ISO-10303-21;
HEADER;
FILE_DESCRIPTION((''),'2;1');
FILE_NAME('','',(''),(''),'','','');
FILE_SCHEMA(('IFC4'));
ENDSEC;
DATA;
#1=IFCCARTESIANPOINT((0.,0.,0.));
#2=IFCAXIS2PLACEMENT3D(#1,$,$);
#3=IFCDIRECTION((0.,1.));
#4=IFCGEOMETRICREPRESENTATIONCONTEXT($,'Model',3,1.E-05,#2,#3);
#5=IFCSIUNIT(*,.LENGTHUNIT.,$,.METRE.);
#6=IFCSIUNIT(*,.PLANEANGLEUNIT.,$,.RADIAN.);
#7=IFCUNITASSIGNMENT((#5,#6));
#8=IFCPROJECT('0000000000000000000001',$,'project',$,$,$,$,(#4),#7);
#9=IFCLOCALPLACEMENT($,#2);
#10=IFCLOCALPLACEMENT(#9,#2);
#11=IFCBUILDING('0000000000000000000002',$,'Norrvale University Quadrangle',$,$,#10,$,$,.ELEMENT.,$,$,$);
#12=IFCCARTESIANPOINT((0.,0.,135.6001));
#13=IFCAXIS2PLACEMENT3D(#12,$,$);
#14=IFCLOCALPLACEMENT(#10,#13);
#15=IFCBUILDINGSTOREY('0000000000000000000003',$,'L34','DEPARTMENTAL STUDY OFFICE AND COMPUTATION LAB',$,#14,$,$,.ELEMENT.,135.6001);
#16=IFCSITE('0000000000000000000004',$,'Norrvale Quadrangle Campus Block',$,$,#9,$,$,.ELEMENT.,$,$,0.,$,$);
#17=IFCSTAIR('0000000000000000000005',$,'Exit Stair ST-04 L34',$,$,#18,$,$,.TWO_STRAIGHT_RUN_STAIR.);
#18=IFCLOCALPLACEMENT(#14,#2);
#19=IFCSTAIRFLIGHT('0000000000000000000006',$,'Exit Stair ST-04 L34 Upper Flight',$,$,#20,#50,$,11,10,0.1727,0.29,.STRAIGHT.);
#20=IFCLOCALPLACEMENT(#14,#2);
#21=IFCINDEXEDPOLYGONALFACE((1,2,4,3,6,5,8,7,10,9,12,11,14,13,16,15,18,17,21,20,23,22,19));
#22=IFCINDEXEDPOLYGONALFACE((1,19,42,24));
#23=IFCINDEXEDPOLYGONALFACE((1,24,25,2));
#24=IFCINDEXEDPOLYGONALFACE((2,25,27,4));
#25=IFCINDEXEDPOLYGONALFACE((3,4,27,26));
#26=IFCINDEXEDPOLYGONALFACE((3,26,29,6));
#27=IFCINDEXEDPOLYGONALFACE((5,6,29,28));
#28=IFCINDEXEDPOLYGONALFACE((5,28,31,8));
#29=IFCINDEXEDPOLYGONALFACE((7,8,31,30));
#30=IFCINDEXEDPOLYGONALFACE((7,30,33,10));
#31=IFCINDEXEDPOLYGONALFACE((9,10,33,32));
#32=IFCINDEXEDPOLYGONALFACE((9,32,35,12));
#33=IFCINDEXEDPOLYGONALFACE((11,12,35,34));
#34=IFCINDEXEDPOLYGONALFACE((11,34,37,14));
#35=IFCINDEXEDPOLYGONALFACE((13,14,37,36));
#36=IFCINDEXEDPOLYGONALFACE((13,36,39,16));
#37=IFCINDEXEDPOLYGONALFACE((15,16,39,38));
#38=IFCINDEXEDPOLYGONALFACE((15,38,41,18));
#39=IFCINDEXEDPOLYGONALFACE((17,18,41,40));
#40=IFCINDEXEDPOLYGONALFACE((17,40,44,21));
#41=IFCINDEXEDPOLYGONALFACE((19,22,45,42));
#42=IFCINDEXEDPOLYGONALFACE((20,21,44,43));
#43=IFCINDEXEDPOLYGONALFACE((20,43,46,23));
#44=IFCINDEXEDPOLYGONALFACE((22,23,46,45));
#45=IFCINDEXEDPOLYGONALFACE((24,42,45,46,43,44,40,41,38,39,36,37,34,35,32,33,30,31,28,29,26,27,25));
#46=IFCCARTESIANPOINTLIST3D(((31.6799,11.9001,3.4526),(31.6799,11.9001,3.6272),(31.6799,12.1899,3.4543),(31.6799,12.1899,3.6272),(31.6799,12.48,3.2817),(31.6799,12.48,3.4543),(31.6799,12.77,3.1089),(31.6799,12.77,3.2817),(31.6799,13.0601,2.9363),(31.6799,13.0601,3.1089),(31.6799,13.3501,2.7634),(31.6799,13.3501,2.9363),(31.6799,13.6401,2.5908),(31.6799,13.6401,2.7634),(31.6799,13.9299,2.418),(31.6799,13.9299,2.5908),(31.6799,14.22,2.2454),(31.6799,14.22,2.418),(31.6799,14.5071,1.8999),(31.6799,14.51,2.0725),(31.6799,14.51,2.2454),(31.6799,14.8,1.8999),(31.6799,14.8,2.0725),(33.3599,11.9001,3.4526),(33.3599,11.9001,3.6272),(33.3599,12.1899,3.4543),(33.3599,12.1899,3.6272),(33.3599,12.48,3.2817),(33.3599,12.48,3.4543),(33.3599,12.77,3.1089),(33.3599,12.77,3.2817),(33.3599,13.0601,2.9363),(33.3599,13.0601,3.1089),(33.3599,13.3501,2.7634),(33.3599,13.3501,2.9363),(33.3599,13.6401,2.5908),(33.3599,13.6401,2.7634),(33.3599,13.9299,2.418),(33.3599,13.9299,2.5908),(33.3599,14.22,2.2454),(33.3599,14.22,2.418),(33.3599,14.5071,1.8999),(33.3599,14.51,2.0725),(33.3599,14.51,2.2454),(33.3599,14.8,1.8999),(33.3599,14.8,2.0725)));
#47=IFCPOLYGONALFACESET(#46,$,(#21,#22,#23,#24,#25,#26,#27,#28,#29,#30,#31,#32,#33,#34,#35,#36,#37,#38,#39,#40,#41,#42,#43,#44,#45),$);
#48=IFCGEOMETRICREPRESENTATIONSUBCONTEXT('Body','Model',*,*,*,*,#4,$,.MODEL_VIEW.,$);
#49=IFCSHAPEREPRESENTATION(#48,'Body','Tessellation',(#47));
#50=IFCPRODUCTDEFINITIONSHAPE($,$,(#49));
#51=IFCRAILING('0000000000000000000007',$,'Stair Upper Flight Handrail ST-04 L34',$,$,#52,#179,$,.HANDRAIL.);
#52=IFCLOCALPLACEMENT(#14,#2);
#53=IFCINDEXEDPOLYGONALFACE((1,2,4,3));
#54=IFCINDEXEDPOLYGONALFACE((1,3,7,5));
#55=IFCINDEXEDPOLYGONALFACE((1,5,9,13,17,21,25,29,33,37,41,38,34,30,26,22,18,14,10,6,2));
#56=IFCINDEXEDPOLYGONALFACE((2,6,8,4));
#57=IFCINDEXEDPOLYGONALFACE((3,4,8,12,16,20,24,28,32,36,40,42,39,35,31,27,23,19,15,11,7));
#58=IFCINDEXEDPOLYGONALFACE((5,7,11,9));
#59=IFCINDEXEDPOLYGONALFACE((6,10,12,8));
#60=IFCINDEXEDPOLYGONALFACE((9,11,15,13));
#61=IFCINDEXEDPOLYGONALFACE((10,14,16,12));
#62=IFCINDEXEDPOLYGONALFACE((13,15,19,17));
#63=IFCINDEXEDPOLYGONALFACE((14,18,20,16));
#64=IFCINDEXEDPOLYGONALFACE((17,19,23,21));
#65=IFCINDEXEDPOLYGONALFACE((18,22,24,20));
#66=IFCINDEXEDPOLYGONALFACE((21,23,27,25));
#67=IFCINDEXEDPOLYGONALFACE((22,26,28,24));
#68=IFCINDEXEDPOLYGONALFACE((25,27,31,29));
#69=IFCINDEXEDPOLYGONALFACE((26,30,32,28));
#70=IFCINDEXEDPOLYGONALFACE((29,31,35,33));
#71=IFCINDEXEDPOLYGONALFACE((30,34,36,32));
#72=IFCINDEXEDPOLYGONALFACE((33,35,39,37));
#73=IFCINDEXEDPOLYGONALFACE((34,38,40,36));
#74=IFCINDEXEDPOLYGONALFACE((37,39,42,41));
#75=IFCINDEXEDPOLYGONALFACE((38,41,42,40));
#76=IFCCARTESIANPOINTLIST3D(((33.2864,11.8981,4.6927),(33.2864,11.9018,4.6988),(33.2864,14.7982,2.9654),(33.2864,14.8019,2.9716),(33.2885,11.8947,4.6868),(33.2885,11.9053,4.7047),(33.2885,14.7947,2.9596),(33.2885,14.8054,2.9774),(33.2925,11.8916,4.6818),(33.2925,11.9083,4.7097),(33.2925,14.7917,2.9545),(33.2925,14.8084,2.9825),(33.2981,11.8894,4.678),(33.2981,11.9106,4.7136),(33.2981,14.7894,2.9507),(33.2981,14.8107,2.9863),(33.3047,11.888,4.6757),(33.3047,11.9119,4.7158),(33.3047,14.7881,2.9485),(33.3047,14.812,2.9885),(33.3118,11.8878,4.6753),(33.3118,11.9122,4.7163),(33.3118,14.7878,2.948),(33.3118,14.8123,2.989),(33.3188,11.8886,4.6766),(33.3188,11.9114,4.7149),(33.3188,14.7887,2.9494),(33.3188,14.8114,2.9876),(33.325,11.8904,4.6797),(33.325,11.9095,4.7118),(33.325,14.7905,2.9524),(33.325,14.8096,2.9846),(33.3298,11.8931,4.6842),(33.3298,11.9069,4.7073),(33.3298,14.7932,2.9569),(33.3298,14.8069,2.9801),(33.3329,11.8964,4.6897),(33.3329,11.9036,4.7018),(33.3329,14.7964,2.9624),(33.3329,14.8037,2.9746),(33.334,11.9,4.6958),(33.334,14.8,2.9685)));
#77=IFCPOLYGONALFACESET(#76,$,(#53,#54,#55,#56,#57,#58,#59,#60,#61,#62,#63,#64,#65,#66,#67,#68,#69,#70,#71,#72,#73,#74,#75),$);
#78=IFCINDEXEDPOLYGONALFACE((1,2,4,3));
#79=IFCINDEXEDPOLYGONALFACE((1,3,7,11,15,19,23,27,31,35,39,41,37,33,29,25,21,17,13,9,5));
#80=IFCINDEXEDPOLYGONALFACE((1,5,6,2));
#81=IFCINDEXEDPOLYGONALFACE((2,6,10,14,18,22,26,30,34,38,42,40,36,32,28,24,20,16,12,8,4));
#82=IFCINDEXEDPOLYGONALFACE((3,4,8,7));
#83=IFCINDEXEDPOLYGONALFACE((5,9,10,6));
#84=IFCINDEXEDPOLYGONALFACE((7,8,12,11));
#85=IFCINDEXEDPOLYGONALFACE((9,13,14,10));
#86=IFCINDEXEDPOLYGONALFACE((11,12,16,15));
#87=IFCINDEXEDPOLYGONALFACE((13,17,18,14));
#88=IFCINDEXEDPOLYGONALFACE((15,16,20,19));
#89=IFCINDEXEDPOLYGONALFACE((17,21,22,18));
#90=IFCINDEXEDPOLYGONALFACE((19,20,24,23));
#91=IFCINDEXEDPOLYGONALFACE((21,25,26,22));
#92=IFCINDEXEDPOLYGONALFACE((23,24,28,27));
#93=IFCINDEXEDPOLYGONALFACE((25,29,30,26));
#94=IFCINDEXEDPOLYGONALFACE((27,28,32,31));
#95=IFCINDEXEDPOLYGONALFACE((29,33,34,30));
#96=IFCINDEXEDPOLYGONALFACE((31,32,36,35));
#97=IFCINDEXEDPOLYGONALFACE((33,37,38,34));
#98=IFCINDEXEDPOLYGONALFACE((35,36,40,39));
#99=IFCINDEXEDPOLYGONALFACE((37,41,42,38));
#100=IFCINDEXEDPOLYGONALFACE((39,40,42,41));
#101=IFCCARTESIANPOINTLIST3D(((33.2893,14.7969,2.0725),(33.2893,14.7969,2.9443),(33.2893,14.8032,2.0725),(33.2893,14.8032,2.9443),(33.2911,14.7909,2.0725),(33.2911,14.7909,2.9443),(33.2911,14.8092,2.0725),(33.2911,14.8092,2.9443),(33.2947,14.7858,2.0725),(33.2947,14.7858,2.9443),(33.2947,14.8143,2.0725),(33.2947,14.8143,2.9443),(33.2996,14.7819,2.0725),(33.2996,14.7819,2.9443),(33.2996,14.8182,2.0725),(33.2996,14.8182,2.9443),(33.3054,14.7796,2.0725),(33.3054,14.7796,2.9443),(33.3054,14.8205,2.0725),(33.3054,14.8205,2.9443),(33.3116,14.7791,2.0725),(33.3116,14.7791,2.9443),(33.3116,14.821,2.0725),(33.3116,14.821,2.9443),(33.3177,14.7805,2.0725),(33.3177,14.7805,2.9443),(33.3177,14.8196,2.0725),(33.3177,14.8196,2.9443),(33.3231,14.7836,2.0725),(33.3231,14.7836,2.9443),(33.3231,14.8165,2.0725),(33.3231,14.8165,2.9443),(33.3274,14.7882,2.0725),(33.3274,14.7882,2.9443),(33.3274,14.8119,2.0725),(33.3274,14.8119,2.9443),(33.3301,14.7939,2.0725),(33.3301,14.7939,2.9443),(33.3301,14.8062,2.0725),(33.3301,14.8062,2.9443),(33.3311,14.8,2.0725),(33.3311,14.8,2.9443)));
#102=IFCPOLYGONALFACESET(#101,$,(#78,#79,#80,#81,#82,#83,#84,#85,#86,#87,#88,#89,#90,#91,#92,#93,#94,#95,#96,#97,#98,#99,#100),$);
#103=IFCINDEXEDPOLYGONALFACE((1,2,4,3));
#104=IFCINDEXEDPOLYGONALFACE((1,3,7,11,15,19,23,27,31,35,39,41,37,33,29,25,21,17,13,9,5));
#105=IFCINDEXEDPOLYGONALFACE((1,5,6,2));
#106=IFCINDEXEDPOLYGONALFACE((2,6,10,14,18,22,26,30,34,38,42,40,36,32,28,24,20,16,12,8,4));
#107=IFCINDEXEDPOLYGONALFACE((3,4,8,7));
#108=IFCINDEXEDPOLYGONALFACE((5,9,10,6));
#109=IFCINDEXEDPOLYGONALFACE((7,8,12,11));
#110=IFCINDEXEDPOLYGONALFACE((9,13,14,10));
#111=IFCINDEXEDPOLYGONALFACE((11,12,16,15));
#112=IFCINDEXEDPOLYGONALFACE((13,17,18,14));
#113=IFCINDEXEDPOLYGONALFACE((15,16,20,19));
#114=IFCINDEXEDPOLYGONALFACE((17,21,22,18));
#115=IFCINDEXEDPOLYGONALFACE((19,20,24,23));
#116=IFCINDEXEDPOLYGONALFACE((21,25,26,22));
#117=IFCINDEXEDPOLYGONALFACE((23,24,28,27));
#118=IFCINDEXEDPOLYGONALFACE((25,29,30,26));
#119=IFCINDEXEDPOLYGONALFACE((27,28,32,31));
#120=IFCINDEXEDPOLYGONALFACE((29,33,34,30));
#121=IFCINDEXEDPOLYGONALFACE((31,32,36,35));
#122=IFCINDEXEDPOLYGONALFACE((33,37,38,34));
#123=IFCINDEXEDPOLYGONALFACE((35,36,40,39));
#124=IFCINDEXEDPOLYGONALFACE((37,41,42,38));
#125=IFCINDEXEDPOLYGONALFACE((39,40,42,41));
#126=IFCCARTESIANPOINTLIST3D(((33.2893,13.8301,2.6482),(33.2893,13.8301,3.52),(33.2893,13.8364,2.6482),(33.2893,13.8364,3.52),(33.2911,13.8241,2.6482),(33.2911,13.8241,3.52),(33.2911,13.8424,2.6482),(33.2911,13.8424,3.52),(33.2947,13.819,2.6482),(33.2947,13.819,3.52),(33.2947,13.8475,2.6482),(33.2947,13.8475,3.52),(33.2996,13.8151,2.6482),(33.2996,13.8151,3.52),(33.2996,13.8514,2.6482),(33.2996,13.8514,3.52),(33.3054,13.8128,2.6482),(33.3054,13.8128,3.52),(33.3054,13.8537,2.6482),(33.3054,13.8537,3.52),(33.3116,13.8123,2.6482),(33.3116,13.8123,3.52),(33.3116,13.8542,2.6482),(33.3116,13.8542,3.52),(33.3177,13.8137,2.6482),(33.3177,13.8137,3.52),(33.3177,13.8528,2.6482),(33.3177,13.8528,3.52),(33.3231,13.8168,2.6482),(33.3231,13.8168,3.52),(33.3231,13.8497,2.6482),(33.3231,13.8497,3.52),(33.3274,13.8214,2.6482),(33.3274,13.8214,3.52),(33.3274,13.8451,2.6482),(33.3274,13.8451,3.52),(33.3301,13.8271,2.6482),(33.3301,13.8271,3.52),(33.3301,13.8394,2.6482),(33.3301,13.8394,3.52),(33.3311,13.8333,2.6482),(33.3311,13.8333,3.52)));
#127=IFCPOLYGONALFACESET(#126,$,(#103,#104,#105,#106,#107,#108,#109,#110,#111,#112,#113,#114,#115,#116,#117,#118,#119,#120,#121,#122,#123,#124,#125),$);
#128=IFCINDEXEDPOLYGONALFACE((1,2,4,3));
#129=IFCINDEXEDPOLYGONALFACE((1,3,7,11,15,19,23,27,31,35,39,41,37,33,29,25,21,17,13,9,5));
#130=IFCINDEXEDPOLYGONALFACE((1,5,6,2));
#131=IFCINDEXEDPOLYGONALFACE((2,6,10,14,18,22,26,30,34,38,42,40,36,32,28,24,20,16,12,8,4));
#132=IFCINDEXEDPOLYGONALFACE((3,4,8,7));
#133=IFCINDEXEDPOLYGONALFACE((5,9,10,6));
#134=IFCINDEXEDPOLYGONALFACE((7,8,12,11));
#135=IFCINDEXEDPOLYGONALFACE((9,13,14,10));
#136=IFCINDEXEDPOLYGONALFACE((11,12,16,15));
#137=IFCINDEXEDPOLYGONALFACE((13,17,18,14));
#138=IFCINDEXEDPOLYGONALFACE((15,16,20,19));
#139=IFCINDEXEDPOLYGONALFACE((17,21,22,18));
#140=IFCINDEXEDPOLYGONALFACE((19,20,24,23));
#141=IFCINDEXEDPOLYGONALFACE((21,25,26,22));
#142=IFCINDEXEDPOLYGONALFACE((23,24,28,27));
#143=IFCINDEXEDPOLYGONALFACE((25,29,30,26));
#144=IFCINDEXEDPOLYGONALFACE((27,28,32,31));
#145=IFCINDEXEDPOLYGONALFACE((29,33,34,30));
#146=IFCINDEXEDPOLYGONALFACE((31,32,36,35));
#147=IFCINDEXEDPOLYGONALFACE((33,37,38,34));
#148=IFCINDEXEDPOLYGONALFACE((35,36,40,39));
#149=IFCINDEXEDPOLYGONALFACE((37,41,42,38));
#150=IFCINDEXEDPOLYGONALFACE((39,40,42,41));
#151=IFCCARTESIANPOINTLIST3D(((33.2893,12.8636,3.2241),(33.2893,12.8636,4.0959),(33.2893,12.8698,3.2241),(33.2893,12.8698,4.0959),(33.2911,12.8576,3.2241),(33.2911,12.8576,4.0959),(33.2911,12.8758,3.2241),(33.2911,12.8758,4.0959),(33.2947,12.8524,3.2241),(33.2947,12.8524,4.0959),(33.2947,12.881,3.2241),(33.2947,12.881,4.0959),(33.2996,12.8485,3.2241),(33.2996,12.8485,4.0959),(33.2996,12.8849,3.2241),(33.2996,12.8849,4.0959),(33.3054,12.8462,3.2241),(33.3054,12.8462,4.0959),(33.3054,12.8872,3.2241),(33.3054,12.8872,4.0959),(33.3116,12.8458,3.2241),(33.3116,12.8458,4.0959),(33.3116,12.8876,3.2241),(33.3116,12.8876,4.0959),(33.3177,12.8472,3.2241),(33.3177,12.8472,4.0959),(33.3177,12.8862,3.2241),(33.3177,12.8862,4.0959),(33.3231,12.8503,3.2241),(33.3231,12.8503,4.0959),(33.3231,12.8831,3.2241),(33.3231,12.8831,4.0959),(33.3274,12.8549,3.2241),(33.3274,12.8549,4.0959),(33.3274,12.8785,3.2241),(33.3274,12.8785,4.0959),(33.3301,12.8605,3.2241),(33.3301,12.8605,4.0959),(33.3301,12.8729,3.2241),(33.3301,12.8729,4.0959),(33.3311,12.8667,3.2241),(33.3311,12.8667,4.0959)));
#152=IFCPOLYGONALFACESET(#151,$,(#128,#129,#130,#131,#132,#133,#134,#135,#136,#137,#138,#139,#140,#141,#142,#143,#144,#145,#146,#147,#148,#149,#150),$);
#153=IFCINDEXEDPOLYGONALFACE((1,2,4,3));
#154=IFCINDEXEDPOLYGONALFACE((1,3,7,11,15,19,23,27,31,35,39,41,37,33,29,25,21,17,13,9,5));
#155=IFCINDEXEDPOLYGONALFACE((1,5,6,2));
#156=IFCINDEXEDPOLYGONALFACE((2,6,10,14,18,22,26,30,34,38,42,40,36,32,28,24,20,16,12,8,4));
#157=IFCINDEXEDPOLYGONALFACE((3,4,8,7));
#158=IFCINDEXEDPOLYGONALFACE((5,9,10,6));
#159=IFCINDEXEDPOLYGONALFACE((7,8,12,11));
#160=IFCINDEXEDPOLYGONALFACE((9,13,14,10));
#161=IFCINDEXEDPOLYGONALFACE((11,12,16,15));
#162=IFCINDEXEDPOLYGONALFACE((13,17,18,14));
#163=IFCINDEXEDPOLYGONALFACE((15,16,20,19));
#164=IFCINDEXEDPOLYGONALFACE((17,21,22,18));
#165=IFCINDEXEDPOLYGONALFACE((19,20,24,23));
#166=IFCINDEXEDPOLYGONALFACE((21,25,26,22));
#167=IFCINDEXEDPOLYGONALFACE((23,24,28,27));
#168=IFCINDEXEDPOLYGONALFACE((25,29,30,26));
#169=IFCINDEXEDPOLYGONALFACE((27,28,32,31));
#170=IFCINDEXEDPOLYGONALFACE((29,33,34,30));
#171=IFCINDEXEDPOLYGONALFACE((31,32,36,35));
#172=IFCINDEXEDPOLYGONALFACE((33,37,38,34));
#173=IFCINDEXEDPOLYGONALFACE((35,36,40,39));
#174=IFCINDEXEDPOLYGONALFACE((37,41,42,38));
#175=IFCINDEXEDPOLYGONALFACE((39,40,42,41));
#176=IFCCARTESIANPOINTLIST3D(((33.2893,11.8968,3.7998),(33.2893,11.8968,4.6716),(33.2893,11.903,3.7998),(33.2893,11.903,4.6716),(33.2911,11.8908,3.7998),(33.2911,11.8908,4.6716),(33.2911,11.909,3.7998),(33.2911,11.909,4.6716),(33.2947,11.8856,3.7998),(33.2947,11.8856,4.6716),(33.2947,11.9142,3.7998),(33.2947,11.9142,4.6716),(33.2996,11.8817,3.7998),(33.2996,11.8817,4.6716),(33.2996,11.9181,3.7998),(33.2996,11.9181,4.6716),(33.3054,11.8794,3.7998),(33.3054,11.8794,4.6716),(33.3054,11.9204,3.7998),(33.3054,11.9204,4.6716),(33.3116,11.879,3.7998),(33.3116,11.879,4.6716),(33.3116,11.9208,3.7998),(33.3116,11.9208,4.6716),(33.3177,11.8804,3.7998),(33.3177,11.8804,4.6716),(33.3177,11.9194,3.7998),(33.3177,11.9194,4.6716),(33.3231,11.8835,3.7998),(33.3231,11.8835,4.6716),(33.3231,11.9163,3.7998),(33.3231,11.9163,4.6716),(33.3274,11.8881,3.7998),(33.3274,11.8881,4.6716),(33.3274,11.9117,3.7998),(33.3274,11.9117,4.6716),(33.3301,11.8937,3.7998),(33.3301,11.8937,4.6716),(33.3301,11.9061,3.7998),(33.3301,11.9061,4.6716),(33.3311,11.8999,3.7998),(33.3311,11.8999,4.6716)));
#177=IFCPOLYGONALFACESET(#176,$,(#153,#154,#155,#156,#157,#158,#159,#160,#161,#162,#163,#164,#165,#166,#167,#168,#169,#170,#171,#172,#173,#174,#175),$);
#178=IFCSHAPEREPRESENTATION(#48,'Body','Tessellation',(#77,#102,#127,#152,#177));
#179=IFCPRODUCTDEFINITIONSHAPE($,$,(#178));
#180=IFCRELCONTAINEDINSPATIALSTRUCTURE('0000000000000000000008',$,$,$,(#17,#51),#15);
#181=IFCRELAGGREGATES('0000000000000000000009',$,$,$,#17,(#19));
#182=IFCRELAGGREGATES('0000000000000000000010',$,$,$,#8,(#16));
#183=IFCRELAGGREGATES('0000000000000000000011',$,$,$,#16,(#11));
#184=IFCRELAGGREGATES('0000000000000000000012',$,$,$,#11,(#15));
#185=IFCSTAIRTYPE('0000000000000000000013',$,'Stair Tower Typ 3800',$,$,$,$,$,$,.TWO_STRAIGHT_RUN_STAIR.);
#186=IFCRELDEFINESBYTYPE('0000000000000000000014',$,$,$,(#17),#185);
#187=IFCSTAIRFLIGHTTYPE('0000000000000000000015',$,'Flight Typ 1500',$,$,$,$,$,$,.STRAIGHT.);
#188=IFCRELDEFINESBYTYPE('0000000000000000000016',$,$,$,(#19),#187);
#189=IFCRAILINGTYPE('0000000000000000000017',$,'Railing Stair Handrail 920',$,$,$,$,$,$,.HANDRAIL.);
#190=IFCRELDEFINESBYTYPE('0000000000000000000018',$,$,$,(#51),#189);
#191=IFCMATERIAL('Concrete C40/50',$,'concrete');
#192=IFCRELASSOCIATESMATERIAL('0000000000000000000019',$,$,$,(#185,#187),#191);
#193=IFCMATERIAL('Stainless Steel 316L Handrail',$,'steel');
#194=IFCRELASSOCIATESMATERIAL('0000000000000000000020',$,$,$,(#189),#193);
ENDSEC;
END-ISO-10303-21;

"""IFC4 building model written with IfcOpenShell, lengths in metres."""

from ifc_helpers import new_model, si_unit, direction, frame, origin, origin_2d, place, context, subcontext, project, spatial, polyline, circle, outline, extrude, material, type_object, element, aggregate, save


model = new_model("IFC4")

# Units and contexts
model_context = context("Model", 3, precision=1e-05, world=origin(), true_north=direction((0.0, 1.0)))
body_context = subcontext(model_context, "Body", "Model", "MODEL_VIEW")
ifc_project = project(units=[si_unit("LENGTHUNIT", "METRE"), si_unit("PLANEANGLEUNIT", "RADIAN")], contexts=[model_context])

# Site, building, storey
site_placement = place(None, origin())
site = spatial("IfcSite", under=ifc_project, at=site_placement, Name="Norrvale Quadrangle Campus Block", CompositionType="ELEMENT", RefElevation=0.0)
building_placement = place(site_placement, origin())
building = spatial("IfcBuilding", under=site, at=building_placement, Name="Norrvale University Quadrangle", CompositionType="ELEMENT")
storey_placement = place(building_placement, frame((0.0, 0.0, 135.6001)))
storey = spatial("IfcBuildingStorey", under=building, at=storey_placement, Name="L34", Description="DEPARTMENTAL STUDY OFFICE AND COMPUTATION LAB", CompositionType="ELEMENT", Elevation=135.6001)

# Stair, stair flight
ifc_material_1 = material(Name="Concrete C40/50", Category="concrete")
stair_type = type_object("IfcStairType", Name="Stair Tower Typ 3800", PredefinedType="TWO_STRAIGHT_RUN_STAIR", material=ifc_material_1)
stair_placement = place(storey_placement, origin())
stair = element("IfcStair", 1, at=stair_placement, inside=storey, type_object=stair_type, Name="Exit Stair ST-04 L34", PredefinedType="TWO_STRAIGHT_RUN_STAIR")
stair_flight_type = type_object("IfcStairFlightType", Name="Flight Typ 1500", PredefinedType="STRAIGHT", material=ifc_material_1)
stair_flight_placement = place(storey_placement, frame((32.52, 14.8, 1.8999), z_axis=(0.0, 0.0, 1.0), x_axis=(0.0, -1.0, 0.0)))
stair_flight = element("IfcStairFlight", 2, at=stair_flight_placement, type_object=stair_flight_type, Name="Exit Stair ST-04 L34 Upper Flight", NumberOfRisers=11, NumberOfTreads=10, PredefinedType="STRAIGHT", RiserHeight=0.1727, TreadLength=0.29, context=body_context, shape_type="SweptSolid", body=[
    extrude(outline(polyline([(0.0, 0.0), (0.0, 0.1726), (0.29, 0.1726), (0.29, 0.3455), (0.5801, 0.3455), (0.5801, 0.5181), (0.8701, 0.5181), (0.8701, 0.6909), (1.1599, 0.6909), (1.1599, 0.8635), (1.45, 0.8635), (1.45, 1.0364), (1.74, 1.0364), (1.74, 1.209), (2.03, 1.209), (2.03, 1.3818), (2.3201, 1.3818), (2.3201, 1.5544), (2.6101, 1.5544), (2.6101, 1.7273), (2.8999, 1.7273), (2.8999, 1.8999), (2.8999, 1.5527), (0.293, 0.0), (0.0, 0.0)])), frame((0.0, 0.8398, 0.0), z_axis=(0.0, -1.0, 0.0), x_axis=(1.0, 0.0, 0.0)), (0.0, 0.0, 1.0), 1.6799),
])
aggregate(stair, [stair_flight])

# Railing
ifc_material_2 = material(Name="Stainless Steel 316L Handrail", Category="steel")
railing_type = type_object("IfcRailingType", Name="Railing Stair Handrail 920", PredefinedType="HANDRAIL", material=ifc_material_2)
railing_placement = place(storey_placement, frame((33.3101, 14.8, 2.0725)))
element("IfcRailing", 3, at=railing_placement, inside=storey, type_object=railing_type, Name="Stair Upper Flight Handrail ST-04 L34", PredefinedType="HANDRAIL", context=body_context, shape_type="SweptSolid", body=[
    extrude(circle(Radius=0.0239, at=origin_2d()), frame((0.0, 0.0, 0.896), z_axis=(0.0, -0.85916, 0.511706), x_axis=(1.0, 0.0, 0.0)), (0.0, 0.0, 1.0), 3.3755),
    extrude(circle(Radius=0.021, at=origin_2d()), origin(), (0.0, 0.0, 1.0), 0.8718),
    extrude(circle(Radius=0.021, at=origin_2d()), frame((0.0, -0.9668, 0.5757)), (0.0, 0.0, 1.0), 0.8718),
    extrude(circle(Radius=0.021, at=origin_2d()), frame((0.0, -1.9333, 1.1516)), (0.0, 0.0, 1.0), 0.8718),
    extrude(circle(Radius=0.021, at=origin_2d()), frame((0.0, -2.9001, 1.7273)), (0.0, 0.0, 1.0), 0.8718),
])

save(model, "model.ifc")
